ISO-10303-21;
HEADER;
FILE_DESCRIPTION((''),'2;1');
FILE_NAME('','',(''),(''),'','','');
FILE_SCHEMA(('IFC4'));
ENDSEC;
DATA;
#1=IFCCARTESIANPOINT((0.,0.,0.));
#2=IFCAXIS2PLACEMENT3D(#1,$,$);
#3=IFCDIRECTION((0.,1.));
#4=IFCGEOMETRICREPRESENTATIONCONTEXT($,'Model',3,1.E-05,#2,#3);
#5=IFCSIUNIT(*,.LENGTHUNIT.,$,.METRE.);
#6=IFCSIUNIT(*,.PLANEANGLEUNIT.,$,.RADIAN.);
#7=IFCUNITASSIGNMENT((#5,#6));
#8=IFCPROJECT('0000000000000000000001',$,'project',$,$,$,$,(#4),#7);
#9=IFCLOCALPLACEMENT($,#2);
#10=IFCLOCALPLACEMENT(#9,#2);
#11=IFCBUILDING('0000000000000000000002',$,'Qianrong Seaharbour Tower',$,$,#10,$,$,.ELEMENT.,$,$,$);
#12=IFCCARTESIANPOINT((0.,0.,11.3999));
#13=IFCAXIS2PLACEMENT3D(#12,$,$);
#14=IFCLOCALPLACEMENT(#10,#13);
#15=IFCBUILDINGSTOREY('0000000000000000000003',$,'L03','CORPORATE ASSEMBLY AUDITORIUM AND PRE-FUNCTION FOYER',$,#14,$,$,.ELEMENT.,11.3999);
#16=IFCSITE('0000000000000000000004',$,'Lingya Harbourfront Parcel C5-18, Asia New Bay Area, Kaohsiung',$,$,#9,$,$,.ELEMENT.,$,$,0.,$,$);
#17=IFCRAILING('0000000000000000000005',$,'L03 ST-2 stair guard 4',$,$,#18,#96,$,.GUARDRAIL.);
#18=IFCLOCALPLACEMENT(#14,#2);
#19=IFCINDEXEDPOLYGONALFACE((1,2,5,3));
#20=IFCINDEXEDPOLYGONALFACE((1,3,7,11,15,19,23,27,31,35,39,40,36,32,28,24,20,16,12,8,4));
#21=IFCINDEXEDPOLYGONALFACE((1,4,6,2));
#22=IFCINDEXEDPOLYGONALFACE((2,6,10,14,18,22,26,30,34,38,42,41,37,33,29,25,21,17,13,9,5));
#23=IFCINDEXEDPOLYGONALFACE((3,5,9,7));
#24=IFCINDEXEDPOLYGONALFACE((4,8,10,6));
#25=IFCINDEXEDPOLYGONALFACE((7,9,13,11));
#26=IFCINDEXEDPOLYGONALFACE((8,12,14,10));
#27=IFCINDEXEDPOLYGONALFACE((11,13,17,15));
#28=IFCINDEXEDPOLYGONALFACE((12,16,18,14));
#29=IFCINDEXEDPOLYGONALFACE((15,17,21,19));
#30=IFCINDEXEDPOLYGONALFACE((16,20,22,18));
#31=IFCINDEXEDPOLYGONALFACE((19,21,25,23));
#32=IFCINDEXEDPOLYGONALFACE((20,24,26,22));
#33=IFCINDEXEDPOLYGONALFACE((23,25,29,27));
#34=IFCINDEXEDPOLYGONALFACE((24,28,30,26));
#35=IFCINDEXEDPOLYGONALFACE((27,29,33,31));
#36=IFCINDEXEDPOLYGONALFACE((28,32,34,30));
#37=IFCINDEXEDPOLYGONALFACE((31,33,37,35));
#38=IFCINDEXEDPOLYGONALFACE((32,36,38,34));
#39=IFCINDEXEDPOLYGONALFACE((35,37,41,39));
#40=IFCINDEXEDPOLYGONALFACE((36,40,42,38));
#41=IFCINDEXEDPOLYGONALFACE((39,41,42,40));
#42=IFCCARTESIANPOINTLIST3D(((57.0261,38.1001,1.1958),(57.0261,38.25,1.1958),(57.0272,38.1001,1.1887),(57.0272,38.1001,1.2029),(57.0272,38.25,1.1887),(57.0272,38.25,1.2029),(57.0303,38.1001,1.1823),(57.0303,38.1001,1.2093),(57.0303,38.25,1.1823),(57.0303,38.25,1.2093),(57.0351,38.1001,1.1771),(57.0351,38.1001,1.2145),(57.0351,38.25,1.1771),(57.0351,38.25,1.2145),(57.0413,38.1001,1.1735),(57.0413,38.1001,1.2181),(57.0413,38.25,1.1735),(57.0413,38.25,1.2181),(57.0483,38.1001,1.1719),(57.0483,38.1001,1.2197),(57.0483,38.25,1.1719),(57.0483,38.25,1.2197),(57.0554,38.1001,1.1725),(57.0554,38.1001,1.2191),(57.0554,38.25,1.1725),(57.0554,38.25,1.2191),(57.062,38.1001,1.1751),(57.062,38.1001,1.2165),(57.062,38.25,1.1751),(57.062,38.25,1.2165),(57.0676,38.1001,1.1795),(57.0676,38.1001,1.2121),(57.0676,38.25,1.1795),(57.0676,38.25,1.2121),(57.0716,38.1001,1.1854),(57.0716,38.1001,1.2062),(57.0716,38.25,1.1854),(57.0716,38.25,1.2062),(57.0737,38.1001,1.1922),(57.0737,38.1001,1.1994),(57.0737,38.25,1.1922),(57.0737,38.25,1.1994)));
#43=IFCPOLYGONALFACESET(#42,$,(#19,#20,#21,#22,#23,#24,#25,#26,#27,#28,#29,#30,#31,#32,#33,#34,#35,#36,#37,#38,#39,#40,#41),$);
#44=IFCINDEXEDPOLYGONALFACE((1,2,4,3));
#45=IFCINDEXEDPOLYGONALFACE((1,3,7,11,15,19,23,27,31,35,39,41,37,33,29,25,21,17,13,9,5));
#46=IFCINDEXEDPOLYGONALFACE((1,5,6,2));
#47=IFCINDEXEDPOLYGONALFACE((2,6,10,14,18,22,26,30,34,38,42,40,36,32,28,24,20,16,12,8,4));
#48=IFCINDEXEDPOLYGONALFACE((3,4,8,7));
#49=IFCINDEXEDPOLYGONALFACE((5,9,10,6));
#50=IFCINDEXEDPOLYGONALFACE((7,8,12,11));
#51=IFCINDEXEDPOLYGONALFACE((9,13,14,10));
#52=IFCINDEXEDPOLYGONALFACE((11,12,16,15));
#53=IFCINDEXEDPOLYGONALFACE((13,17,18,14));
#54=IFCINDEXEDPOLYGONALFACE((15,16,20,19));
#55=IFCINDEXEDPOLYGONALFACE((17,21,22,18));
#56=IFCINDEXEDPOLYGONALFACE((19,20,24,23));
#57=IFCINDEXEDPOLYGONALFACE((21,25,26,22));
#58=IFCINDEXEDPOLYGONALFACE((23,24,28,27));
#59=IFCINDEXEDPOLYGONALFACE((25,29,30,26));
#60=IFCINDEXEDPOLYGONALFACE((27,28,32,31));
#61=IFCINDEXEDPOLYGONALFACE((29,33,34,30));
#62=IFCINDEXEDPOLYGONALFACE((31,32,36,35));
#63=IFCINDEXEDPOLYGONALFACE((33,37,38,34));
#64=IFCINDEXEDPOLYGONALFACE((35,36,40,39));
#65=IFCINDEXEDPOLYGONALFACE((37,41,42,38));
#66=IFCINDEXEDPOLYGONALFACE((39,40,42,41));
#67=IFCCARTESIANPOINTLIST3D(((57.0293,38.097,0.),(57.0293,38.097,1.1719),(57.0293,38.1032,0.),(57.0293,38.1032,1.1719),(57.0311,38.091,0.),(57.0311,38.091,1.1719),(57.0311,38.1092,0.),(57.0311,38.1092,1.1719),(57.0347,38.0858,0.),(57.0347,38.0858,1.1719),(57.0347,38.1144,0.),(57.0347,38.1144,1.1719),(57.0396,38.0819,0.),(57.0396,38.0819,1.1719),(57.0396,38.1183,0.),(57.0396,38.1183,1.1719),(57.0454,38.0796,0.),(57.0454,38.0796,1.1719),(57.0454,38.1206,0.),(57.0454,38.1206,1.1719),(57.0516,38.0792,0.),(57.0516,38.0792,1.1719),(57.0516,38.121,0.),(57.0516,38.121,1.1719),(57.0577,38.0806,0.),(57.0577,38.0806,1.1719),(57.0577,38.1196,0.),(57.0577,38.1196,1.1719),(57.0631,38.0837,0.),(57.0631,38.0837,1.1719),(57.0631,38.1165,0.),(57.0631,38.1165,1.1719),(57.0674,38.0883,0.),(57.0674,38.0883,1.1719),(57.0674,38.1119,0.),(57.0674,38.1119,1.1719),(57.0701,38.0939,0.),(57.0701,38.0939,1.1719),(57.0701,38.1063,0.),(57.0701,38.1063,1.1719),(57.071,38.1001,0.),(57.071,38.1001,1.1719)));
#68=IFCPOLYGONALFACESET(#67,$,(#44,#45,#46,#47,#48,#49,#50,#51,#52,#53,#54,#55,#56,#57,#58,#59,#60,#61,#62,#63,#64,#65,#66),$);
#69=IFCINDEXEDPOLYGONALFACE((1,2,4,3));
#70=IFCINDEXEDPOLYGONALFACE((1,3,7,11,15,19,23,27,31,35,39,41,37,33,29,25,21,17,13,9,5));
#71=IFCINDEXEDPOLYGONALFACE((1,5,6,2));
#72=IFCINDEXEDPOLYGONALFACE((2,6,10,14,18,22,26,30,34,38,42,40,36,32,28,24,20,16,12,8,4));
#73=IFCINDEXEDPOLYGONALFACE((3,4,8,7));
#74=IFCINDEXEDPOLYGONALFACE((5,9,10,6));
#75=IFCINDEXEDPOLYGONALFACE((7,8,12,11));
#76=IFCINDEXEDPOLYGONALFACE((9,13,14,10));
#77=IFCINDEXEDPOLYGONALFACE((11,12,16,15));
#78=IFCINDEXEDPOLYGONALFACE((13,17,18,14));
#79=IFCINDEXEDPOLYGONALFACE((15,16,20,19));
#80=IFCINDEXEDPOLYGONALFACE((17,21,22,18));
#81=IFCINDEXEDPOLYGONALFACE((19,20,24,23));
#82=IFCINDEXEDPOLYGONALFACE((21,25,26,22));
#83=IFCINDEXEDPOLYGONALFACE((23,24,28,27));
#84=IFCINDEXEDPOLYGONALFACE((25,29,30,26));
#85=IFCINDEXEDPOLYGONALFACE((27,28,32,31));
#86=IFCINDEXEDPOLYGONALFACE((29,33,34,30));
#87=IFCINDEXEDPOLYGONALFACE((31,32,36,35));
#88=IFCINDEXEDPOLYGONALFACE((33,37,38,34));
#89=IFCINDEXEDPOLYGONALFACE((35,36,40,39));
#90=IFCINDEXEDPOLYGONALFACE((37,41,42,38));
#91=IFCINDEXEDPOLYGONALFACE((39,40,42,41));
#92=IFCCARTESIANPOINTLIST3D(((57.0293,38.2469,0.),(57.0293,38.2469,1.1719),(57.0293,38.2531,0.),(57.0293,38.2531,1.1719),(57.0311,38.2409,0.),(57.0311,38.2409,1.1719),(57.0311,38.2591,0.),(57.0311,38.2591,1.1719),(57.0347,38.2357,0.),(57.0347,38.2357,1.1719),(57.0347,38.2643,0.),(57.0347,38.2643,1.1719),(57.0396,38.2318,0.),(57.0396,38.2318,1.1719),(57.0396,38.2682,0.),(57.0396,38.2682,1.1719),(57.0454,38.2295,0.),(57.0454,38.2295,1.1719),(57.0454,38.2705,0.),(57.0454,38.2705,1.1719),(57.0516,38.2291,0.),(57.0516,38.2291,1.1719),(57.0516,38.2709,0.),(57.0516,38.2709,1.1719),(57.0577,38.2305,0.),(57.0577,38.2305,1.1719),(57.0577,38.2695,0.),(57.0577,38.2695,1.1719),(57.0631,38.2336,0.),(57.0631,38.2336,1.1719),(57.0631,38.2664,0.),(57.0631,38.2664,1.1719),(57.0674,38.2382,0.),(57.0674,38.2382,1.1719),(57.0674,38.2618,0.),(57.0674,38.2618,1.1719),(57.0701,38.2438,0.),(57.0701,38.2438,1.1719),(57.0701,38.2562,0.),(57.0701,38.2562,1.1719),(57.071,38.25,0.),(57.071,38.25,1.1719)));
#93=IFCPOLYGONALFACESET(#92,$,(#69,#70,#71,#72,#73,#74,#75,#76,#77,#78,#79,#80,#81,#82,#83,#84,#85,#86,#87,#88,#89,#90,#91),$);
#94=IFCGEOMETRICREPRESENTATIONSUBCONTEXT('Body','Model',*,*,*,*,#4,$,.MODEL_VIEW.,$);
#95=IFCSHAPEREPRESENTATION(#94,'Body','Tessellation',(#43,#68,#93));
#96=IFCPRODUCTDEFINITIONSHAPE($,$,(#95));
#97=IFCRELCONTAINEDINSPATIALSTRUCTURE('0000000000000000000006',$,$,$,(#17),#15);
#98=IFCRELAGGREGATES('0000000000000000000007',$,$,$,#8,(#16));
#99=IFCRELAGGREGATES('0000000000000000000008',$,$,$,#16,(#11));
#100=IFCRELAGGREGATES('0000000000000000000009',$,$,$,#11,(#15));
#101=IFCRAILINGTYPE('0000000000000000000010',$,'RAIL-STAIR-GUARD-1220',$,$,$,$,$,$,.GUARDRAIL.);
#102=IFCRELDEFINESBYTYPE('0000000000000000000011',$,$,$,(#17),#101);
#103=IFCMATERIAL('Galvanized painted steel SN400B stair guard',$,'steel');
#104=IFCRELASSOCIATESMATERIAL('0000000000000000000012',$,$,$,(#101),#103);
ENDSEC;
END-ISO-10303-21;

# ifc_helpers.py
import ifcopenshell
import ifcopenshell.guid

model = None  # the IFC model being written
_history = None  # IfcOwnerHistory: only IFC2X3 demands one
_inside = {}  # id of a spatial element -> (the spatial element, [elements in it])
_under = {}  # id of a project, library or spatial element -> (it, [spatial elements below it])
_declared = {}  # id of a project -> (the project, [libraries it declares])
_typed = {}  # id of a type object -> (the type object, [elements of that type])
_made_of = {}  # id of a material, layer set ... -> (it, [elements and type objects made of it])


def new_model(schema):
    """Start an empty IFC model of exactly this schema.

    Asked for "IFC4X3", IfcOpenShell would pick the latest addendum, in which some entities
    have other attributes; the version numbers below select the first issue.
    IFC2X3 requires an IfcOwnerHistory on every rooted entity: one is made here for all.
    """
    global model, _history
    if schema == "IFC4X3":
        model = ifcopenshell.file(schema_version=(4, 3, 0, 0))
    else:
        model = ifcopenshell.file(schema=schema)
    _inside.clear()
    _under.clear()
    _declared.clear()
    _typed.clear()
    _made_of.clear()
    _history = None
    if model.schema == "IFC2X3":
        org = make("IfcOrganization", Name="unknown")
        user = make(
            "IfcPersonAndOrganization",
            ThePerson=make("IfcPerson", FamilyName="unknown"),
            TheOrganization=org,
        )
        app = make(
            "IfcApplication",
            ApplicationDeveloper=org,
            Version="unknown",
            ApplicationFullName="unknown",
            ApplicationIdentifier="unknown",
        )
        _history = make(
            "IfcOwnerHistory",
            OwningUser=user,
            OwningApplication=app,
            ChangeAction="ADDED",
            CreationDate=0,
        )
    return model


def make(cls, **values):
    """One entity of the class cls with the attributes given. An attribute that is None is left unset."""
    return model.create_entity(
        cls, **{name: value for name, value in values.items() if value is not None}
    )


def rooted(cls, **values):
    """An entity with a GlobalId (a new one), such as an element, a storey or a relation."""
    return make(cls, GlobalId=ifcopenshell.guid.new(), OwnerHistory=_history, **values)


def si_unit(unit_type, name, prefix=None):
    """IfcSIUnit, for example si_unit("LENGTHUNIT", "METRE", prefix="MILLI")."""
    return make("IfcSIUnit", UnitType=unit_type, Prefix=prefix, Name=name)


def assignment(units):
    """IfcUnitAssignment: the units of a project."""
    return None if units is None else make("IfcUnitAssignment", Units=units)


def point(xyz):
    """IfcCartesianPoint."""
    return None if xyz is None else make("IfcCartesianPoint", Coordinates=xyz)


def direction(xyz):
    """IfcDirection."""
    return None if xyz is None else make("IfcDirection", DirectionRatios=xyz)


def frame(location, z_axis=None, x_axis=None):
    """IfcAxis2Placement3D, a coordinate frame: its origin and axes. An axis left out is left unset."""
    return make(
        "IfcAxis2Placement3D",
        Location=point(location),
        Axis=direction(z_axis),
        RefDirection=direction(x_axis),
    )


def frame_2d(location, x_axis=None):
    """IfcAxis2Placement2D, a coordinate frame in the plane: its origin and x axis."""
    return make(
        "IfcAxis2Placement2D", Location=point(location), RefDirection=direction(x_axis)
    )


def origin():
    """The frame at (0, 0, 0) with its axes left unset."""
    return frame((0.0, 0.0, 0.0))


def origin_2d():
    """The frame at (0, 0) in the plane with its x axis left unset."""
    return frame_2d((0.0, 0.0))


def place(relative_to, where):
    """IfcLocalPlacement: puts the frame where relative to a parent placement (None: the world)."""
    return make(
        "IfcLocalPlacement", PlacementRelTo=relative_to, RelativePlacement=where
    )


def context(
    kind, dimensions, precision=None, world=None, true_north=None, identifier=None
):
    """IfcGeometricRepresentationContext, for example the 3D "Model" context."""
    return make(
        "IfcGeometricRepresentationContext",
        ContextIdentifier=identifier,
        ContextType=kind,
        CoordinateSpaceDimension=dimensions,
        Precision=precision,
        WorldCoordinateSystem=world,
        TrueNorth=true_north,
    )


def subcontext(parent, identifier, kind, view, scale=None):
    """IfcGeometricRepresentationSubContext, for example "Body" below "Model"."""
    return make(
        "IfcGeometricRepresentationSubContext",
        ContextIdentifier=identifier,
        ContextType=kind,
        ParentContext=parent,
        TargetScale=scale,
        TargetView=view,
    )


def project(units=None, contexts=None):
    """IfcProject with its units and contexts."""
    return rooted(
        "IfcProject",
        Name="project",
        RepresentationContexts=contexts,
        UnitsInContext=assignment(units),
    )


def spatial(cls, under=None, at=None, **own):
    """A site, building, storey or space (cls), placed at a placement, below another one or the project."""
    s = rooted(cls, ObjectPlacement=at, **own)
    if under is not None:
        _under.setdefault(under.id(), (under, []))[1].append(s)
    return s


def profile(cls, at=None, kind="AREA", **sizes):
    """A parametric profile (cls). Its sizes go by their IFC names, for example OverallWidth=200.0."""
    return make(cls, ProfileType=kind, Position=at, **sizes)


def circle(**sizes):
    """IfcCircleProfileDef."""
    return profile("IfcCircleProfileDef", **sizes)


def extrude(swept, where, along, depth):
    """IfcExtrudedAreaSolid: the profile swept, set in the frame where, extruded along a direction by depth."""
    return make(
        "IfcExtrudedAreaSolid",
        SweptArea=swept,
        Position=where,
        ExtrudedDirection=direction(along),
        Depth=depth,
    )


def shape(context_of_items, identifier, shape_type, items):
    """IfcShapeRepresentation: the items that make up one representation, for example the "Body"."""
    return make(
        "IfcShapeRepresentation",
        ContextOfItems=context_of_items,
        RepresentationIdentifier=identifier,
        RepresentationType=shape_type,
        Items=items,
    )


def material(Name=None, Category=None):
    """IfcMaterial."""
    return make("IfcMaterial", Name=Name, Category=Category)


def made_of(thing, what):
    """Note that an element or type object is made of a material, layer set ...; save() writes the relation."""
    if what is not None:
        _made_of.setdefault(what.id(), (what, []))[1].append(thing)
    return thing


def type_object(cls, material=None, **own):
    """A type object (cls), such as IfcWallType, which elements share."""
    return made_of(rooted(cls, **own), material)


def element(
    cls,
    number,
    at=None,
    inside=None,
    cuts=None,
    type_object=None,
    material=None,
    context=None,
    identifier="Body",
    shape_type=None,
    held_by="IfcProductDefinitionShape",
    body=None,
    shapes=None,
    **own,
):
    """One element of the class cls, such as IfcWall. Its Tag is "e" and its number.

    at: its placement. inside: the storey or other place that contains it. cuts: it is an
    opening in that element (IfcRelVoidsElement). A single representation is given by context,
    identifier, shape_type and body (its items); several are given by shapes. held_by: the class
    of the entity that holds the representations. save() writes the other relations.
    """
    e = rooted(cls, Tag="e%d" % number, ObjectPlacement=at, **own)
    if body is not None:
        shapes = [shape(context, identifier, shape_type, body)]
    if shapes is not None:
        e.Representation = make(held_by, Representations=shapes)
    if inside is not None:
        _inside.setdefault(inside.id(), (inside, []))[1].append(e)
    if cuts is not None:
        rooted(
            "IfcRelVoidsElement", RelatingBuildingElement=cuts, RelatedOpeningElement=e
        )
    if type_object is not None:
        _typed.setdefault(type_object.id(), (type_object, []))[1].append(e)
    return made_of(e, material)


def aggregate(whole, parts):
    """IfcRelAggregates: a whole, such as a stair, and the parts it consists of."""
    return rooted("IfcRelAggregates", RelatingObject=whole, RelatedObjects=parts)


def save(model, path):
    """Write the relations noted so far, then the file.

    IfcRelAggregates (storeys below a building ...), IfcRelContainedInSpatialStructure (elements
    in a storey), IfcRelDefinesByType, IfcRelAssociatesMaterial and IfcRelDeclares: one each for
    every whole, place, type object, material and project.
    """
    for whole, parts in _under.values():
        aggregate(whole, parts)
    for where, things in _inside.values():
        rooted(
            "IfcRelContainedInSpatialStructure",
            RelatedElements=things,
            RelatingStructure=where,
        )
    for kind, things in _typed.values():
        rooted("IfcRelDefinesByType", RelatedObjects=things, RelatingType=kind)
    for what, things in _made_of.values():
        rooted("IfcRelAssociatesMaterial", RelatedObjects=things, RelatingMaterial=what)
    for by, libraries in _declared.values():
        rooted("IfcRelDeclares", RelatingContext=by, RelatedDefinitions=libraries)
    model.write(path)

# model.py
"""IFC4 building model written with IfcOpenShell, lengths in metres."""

from ifc_helpers import new_model, si_unit, direction, frame, origin, origin_2d, place, context, subcontext, project, spatial, circle, extrude, material, type_object, element, save


model = new_model("IFC4")

# Units and contexts
model_context = context("Model", 3, precision=1e-05, world=origin(), true_north=direction((0.0, 1.0)))
body_context = subcontext(model_context, "Body", "Model", "MODEL_VIEW")
ifc_project = project(units=[si_unit("LENGTHUNIT", "METRE"), si_unit("PLANEANGLEUNIT", "RADIAN")], contexts=[model_context])

# Site, building, storey
site_placement = place(None, origin())
site = spatial("IfcSite", under=ifc_project, at=site_placement, Name="Lingya Harbourfront Parcel C5-18, Asia New Bay Area, Kaohsiung", CompositionType="ELEMENT", RefElevation=0.0)
building_placement = place(site_placement, origin())
building = spatial("IfcBuilding", under=site, at=building_placement, Name="Qianrong Seaharbour Tower", CompositionType="ELEMENT")
storey_placement = place(building_placement, frame((0.0, 0.0, 11.3999)))
storey = spatial("IfcBuildingStorey", under=building, at=storey_placement, Name="L03", Description="CORPORATE ASSEMBLY AUDITORIUM AND PRE-FUNCTION FOYER", CompositionType="ELEMENT", Elevation=11.3999)

# Railing
ifc_material_1 = material(Name="Galvanized painted steel SN400B stair guard", Category="steel")
railing_type_1 = type_object("IfcRailingType", Name="RAIL-STAIR-GUARD-1220", PredefinedType="GUARDRAIL", material=ifc_material_1)
railing_1_placement = place(storey_placement, frame((57.05, 38.1001, 0.0)))
element("IfcRailing", 1, at=railing_1_placement, inside=storey, type_object=railing_type_1, Name="L03 ST-2 stair guard 4", PredefinedType="GUARDRAIL", context=body_context, shape_type="SweptSolid", body=[
    extrude(circle(Radius=0.0239, at=origin_2d()), frame((0.0, 0.0, 1.1958), z_axis=(0.0, 1.0, 0.0), x_axis=(-1.0, 0.0, 0.0)), (0.0, 0.0, 1.0), 0.1499),
    extrude(circle(Radius=0.021, at=origin_2d()), origin(), (0.0, 0.0, 1.0), 1.1719),
    extrude(circle(Radius=0.021, at=origin_2d()), frame((0.0, 0.1499, 0.0)), (0.0, 0.0, 1.0), 1.1719),
])

save(model, "model.ifc")
